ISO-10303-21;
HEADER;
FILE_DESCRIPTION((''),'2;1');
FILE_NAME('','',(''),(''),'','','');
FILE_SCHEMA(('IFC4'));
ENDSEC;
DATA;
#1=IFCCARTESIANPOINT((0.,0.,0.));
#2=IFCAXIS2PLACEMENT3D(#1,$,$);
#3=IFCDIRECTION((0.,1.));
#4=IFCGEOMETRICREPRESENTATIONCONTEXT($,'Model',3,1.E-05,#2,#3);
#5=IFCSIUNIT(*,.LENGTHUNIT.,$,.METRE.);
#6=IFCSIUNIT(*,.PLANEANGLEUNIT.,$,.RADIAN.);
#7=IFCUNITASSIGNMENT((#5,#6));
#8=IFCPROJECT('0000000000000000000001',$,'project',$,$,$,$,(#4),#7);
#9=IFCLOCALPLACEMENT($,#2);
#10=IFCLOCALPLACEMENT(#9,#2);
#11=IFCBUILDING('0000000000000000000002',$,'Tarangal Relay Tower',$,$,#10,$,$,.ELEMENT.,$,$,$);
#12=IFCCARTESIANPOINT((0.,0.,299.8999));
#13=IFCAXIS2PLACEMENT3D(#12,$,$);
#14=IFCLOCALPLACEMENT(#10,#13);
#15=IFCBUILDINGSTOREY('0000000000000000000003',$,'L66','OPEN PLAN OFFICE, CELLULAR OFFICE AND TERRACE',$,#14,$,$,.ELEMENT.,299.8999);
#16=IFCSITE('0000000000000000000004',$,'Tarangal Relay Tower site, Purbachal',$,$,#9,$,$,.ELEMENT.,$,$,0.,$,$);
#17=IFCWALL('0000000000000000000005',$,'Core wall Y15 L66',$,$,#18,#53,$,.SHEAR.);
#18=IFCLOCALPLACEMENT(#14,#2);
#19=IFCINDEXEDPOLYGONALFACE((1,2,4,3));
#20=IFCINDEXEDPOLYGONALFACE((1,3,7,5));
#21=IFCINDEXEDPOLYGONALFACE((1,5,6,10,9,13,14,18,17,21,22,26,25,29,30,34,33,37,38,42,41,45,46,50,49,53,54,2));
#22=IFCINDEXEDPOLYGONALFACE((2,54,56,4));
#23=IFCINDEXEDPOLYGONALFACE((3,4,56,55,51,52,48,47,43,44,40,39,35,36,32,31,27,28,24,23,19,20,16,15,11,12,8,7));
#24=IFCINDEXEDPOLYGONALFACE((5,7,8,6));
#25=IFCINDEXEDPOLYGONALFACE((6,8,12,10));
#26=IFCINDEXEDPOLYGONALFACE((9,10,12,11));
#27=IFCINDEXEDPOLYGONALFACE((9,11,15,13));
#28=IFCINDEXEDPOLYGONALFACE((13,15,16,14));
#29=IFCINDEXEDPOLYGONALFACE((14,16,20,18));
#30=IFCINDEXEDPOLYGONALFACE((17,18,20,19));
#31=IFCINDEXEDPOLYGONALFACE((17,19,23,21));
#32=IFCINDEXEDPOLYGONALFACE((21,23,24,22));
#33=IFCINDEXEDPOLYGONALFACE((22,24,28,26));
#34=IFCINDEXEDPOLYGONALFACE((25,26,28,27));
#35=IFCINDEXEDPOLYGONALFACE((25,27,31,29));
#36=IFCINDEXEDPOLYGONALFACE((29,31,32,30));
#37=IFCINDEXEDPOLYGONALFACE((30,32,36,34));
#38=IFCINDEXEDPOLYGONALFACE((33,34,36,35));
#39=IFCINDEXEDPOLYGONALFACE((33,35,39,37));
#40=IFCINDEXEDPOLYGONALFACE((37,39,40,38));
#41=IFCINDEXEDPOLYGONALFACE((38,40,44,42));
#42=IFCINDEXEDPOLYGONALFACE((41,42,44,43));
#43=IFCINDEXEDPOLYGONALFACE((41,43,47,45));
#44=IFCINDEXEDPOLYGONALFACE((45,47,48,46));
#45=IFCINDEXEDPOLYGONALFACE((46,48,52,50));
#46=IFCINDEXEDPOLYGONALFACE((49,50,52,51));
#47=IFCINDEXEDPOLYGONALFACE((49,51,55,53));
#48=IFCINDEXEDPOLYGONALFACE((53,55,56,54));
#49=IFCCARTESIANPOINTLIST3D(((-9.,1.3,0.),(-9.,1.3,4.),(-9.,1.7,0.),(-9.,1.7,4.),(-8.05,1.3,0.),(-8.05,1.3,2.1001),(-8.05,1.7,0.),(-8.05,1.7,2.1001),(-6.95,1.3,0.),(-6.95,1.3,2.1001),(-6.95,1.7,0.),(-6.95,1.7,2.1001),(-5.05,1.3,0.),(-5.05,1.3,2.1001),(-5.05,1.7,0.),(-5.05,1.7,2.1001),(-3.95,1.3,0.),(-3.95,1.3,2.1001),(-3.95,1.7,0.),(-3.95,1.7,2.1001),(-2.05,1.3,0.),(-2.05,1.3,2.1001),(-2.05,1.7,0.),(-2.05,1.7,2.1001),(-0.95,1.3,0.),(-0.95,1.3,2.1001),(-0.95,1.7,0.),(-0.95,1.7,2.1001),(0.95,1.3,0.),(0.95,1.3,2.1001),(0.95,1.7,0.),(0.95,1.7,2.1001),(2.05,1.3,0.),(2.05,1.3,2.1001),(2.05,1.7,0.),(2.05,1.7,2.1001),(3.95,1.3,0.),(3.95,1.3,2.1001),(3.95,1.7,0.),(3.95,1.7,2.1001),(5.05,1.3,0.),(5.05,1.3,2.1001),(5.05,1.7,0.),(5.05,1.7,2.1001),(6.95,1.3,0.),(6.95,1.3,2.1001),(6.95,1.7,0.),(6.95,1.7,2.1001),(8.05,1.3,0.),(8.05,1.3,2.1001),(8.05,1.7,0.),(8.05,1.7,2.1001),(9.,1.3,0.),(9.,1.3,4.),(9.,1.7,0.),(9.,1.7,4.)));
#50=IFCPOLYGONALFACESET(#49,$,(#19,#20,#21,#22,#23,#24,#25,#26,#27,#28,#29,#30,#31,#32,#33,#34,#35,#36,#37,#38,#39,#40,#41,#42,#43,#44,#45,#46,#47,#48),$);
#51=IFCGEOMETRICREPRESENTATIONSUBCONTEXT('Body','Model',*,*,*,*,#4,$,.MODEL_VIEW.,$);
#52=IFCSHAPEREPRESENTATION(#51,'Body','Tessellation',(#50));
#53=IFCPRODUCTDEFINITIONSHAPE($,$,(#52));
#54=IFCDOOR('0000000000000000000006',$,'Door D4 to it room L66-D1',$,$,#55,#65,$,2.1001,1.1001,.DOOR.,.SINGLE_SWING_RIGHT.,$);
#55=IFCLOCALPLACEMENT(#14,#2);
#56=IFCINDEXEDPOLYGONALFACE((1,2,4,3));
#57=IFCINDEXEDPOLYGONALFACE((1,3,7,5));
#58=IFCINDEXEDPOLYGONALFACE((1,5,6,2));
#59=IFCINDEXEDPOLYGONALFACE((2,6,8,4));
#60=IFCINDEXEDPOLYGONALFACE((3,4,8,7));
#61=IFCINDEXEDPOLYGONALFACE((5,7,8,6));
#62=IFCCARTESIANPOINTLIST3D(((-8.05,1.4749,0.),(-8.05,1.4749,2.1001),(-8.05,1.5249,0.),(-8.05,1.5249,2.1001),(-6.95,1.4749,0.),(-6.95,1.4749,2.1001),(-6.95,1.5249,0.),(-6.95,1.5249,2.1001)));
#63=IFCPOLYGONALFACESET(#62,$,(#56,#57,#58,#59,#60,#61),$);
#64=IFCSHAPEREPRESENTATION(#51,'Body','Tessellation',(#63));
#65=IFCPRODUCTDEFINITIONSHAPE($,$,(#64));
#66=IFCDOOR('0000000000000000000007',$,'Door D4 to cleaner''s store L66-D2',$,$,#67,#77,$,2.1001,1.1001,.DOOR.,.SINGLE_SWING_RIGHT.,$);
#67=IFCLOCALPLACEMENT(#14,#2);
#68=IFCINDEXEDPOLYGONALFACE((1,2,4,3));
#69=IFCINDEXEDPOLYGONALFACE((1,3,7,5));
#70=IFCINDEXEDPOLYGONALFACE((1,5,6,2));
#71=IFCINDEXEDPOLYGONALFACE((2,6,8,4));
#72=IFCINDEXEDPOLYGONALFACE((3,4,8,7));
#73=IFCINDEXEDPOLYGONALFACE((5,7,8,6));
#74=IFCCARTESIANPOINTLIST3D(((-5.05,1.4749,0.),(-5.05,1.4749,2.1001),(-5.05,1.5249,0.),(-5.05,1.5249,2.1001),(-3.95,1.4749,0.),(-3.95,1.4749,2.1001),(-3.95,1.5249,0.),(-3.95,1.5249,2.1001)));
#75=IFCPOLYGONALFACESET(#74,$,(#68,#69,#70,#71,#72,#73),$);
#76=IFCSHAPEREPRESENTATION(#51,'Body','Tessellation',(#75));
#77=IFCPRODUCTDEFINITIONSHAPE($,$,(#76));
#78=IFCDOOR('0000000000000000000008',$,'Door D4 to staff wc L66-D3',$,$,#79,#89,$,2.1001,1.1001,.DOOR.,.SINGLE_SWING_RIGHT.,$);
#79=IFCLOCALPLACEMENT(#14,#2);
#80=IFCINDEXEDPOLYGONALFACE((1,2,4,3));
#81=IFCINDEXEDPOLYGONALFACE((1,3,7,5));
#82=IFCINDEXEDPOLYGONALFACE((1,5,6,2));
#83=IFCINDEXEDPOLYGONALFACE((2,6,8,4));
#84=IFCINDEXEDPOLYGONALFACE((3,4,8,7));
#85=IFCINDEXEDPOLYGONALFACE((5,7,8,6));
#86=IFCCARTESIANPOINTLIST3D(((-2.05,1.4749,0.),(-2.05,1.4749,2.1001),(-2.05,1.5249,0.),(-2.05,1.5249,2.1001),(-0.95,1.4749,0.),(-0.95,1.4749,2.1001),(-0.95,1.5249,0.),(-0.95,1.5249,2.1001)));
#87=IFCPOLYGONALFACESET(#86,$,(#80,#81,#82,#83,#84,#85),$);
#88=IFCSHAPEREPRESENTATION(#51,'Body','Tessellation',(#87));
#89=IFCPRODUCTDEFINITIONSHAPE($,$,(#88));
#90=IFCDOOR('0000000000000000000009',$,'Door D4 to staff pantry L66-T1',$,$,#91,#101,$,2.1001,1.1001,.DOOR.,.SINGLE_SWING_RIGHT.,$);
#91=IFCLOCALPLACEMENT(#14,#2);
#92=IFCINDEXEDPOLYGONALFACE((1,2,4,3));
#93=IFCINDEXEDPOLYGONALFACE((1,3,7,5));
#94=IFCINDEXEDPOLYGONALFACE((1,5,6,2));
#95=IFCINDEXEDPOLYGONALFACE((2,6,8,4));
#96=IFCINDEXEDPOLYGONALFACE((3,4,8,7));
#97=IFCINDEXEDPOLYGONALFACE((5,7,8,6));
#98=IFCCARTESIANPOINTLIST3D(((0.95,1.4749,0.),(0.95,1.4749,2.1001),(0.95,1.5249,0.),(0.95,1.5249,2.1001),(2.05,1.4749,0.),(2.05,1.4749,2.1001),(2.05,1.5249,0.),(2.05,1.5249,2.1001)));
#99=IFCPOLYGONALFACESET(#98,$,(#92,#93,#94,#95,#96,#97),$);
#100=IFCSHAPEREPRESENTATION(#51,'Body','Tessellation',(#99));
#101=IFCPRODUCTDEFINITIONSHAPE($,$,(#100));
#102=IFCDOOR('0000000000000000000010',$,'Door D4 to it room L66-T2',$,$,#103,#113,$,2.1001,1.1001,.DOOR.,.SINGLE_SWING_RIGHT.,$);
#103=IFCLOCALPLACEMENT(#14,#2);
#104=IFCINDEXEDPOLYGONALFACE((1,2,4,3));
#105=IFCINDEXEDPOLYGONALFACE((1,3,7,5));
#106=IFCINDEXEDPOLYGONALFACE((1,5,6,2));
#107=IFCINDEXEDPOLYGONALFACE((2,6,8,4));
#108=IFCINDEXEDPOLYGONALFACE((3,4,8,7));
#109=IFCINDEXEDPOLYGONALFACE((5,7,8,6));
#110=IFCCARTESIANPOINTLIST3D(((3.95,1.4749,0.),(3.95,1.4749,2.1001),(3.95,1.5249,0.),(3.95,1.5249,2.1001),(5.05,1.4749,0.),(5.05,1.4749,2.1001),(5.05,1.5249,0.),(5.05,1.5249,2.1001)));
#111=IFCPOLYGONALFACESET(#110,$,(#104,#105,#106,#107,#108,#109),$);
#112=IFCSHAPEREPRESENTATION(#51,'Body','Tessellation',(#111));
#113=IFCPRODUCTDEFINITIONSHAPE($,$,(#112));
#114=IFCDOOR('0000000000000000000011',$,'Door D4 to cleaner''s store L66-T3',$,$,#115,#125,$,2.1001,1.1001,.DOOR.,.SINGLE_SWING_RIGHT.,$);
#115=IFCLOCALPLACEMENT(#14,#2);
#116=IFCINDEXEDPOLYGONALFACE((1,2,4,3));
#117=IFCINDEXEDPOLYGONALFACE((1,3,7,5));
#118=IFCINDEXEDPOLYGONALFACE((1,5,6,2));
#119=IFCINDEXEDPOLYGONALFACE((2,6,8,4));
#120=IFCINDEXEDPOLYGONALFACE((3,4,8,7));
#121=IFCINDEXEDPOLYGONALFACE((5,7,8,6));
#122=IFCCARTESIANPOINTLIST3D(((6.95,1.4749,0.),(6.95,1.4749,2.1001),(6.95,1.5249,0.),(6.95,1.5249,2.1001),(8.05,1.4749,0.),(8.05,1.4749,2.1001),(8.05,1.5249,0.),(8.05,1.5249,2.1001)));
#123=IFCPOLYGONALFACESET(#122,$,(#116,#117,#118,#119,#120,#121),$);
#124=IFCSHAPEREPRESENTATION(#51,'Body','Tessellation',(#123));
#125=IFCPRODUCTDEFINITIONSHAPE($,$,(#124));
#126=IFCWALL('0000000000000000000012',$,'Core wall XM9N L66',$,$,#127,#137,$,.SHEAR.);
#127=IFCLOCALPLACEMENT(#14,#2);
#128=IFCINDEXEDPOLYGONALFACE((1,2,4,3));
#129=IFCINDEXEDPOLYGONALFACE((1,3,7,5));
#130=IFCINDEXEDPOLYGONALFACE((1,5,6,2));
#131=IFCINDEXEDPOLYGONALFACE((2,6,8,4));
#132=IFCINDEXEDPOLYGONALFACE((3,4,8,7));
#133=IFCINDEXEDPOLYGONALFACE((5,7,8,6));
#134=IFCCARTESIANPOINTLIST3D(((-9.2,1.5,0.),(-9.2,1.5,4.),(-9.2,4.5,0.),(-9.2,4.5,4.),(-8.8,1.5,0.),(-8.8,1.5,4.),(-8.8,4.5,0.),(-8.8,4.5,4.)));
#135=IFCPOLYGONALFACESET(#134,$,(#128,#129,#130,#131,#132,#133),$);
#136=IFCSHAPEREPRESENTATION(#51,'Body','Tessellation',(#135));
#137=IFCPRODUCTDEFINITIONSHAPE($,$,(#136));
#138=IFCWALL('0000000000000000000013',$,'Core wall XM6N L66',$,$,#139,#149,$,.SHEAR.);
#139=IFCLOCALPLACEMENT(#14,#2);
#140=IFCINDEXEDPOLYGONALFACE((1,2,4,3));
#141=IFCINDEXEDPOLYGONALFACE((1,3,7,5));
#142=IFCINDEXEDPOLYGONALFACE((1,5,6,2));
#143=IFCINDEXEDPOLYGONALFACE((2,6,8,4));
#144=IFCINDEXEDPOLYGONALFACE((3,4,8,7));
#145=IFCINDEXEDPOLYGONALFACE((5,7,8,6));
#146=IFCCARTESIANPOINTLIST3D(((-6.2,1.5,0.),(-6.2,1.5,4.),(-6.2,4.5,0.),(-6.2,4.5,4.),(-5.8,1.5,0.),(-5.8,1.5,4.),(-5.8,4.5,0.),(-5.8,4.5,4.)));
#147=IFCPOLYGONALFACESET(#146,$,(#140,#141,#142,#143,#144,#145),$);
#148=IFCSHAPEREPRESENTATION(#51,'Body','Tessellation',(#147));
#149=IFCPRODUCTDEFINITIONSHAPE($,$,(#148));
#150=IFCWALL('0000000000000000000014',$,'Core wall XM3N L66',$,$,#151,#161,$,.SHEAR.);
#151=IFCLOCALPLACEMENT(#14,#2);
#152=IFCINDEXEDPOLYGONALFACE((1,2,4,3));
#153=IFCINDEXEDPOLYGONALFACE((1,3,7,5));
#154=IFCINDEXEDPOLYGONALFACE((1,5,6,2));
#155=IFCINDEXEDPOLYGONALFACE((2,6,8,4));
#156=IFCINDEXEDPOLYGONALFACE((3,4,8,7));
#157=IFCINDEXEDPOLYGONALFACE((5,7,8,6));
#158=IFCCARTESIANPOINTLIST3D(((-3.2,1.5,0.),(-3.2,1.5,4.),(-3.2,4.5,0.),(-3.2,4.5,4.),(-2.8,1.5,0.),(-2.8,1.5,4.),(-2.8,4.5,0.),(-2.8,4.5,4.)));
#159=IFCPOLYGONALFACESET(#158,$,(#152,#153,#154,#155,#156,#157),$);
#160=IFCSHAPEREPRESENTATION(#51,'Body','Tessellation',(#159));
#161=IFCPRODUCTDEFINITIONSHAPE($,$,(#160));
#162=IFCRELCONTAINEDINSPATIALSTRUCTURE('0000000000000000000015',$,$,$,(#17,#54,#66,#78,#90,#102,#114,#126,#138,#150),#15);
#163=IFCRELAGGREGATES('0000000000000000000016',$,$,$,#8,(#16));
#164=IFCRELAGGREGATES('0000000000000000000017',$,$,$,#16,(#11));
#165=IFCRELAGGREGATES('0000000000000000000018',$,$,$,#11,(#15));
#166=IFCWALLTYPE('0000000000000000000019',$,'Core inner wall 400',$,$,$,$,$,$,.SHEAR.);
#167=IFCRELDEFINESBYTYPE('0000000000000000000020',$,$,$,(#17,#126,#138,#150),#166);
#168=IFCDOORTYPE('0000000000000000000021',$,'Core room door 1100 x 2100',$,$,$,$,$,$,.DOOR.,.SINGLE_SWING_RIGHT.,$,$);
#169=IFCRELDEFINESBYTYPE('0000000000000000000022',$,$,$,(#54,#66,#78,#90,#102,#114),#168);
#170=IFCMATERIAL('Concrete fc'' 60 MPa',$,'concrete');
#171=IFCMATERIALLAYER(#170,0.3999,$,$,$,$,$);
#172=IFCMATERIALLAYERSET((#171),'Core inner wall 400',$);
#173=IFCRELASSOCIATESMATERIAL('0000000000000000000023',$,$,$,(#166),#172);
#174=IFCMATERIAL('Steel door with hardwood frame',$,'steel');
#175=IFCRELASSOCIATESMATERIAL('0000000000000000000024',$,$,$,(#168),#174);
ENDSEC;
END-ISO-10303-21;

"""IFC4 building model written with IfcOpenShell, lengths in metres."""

from ifc_helpers import new_model, si_unit, direction, frame, frame_2d, origin, place, context, subcontext, project, spatial, rectangle, extrude, material, layer, layer_set, type_object, element, fill, save


model = new_model("IFC4")

# Units and contexts
model_context = context("Model", 3, precision=1e-05, world=origin(), true_north=direction((0.0, 1.0)))
body_context = subcontext(model_context, "Body", "Model", "MODEL_VIEW")
ifc_project = project(units=[si_unit("LENGTHUNIT", "METRE"), si_unit("PLANEANGLEUNIT", "RADIAN")], contexts=[model_context])

# Site, building, storey
site_placement = place(None, origin())
site = spatial("IfcSite", under=ifc_project, at=site_placement, Name="Tarangal Relay Tower site, Purbachal", CompositionType="ELEMENT", RefElevation=0.0)
building_placement = place(site_placement, origin())
building = spatial("IfcBuilding", under=site, at=building_placement, Name="Tarangal Relay Tower", CompositionType="ELEMENT")
storey_placement = place(building_placement, frame((0.0, 0.0, 299.8999)))
storey = spatial("IfcBuildingStorey", under=building, at=storey_placement, Name="L66", Description="OPEN PLAN OFFICE, CELLULAR OFFICE AND TERRACE", CompositionType="ELEMENT", Elevation=299.8999)

# Wall, openings, doors
ifc_material_1 = material(Name="Concrete fc' 60 MPa", Category="concrete")
ifc_layer = layer(ifc_material_1, 0.3999)
ifc_layer_set = layer_set([ifc_layer], Name="Core inner wall 400")
wall_type = type_object("IfcWallType", Name="Core inner wall 400", PredefinedType="SHEAR", material=ifc_layer_set)
wall_1_placement = place(storey_placement, frame((-9.0, 1.5, 0.0), z_axis=(0.0, 0.0, 1.0), x_axis=(1.0, 0.0, 0.0)))
wall_1 = element("IfcWall", 1, at=wall_1_placement, inside=storey, type_object=wall_type, Name="Core wall Y15 L66", PredefinedType="SHEAR", context=body_context, shape_type="SweptSolid", body=[
    extrude(rectangle(XDim=18.0, YDim=0.3999, at=frame_2d((9.0, 0.0))), origin(), (0.0, 0.0, 1.0), 4.0),
])
opening_1_placement = place(wall_1_placement, frame((0.95, 0.0, 0.0)))
opening_1 = element("IfcOpeningElement", 2, at=opening_1_placement, cuts=wall_1, PredefinedType="OPENING", context=body_context, shape_type="SweptSolid", body=[
    extrude(rectangle(XDim=1.1001, YDim=2.1001, at=frame_2d((0.55, 1.05))), frame((0.0, 0.21, 0.0), z_axis=(0.0, -1.0, 0.0), x_axis=(1.0, 0.0, 0.0)), (0.0, 0.0, 1.0), 0.4199),
])
opening_2_placement = place(wall_1_placement, frame((3.95, 0.0, 0.0)))
opening_2 = element("IfcOpeningElement", 3, at=opening_2_placement, cuts=wall_1, PredefinedType="OPENING", context=body_context, shape_type="SweptSolid", body=[
    extrude(rectangle(XDim=1.1001, YDim=2.1001, at=frame_2d((0.55, 1.05))), frame((0.0, 0.21, 0.0), z_axis=(0.0, -1.0, 0.0), x_axis=(1.0, 0.0, 0.0)), (0.0, 0.0, 1.0), 0.4199),
])
opening_3_placement = place(wall_1_placement, frame((6.95, 0.0, 0.0)))
opening_3 = element("IfcOpeningElement", 4, at=opening_3_placement, cuts=wall_1, PredefinedType="OPENING", context=body_context, shape_type="SweptSolid", body=[
    extrude(rectangle(XDim=1.1001, YDim=2.1001, at=frame_2d((0.55, 1.05))), frame((0.0, 0.21, 0.0), z_axis=(0.0, -1.0, 0.0), x_axis=(1.0, 0.0, 0.0)), (0.0, 0.0, 1.0), 0.4199),
])
opening_4_placement = place(wall_1_placement, frame((9.95, 0.0, 0.0)))
opening_4 = element("IfcOpeningElement", 5, at=opening_4_placement, cuts=wall_1, PredefinedType="OPENING", context=body_context, shape_type="SweptSolid", body=[
    extrude(rectangle(XDim=1.1001, YDim=2.1001, at=frame_2d((0.55, 1.05))), frame((0.0, 0.21, 0.0), z_axis=(0.0, -1.0, 0.0), x_axis=(1.0, 0.0, 0.0)), (0.0, 0.0, 1.0), 0.4199),
])
opening_5_placement = place(wall_1_placement, frame((12.95, 0.0, 0.0)))
opening_5 = element("IfcOpeningElement", 6, at=opening_5_placement, cuts=wall_1, PredefinedType="OPENING", context=body_context, shape_type="SweptSolid", body=[
    extrude(rectangle(XDim=1.1001, YDim=2.1001, at=frame_2d((0.55, 1.05))), frame((0.0, 0.21, 0.0), z_axis=(0.0, -1.0, 0.0), x_axis=(1.0, 0.0, 0.0)), (0.0, 0.0, 1.0), 0.4199),
])
opening_6_placement = place(wall_1_placement, frame((15.95, 0.0, 0.0)))
opening_6 = element("IfcOpeningElement", 7, at=opening_6_placement, cuts=wall_1, PredefinedType="OPENING", context=body_context, shape_type="SweptSolid", body=[
    extrude(rectangle(XDim=1.1001, YDim=2.1001, at=frame_2d((0.55, 1.05))), frame((0.0, 0.21, 0.0), z_axis=(0.0, -1.0, 0.0), x_axis=(1.0, 0.0, 0.0)), (0.0, 0.0, 1.0), 0.4199),
])
ifc_material_2 = material(Name="Steel door with hardwood frame", Category="steel")
door_type_1 = type_object("IfcDoorType", Name="Core room door 1100 x 2100", OperationType="SINGLE_SWING_RIGHT", PredefinedType="DOOR", material=ifc_material_2)
door_1_placement = place(opening_1_placement, origin())
door_1 = element("IfcDoor", 8, at=door_1_placement, inside=storey, type_object=door_type_1, Name="Door D4 to it room L66-D1", OperationType="SINGLE_SWING_RIGHT", OverallHeight=2.1001, OverallWidth=1.1001, PredefinedType="DOOR", context=body_context, shape_type="SweptSolid", body=[
    extrude(rectangle(XDim=1.1001, YDim=2.1001, at=frame_2d((0.55, 1.05))), frame((0.0, 0.0249, 0.0), z_axis=(0.0, -1.0, 0.0), x_axis=(1.0, 0.0, 0.0)), (0.0, 0.0, 1.0), 0.05),
])
fill(opening_1, door_1)
door_2_placement = place(opening_2_placement, origin())
door_2 = element("IfcDoor", 9, at=door_2_placement, inside=storey, type_object=door_type_1, Name="Door D4 to cleaner's store L66-D2", OperationType="SINGLE_SWING_RIGHT", OverallHeight=2.1001, OverallWidth=1.1001, PredefinedType="DOOR", context=body_context, shape_type="SweptSolid", body=[
    extrude(rectangle(XDim=1.1001, YDim=2.1001, at=frame_2d((0.55, 1.05))), frame((0.0, 0.0249, 0.0), z_axis=(0.0, -1.0, 0.0), x_axis=(1.0, 0.0, 0.0)), (0.0, 0.0, 1.0), 0.05),
])
fill(opening_2, door_2)
door_3_placement = place(opening_3_placement, origin())
door_3 = element("IfcDoor", 10, at=door_3_placement, inside=storey, type_object=door_type_1, Name="Door D4 to staff wc L66-D3", OperationType="SINGLE_SWING_RIGHT", OverallHeight=2.1001, OverallWidth=1.1001, PredefinedType="DOOR", context=body_context, shape_type="SweptSolid", body=[
    extrude(rectangle(XDim=1.1001, YDim=2.1001, at=frame_2d((0.55, 1.05))), frame((0.0, 0.0249, 0.0), z_axis=(0.0, -1.0, 0.0), x_axis=(1.0, 0.0, 0.0)), (0.0, 0.0, 1.0), 0.05),
])
fill(opening_3, door_3)
door_4_placement = place(opening_4_placement, origin())
door_4 = element("IfcDoor", 11, at=door_4_placement, inside=storey, type_object=door_type_1, Name="Door D4 to staff pantry L66-T1", OperationType="SINGLE_SWING_RIGHT", OverallHeight=2.1001, OverallWidth=1.1001, PredefinedType="DOOR", context=body_context, shape_type="SweptSolid", body=[
    extrude(rectangle(XDim=1.1001, YDim=2.1001, at=frame_2d((0.55, 1.05))), frame((0.0, 0.0249, 0.0), z_axis=(0.0, -1.0, 0.0), x_axis=(1.0, 0.0, 0.0)), (0.0, 0.0, 1.0), 0.05),
])
fill(opening_4, door_4)
door_5_placement = place(opening_5_placement, origin())
door_5 = element("IfcDoor", 12, at=door_5_placement, inside=storey, type_object=door_type_1, Name="Door D4 to it room L66-T2", OperationType="SINGLE_SWING_RIGHT", OverallHeight=2.1001, OverallWidth=1.1001, PredefinedType="DOOR", context=body_context, shape_type="SweptSolid", body=[
    extrude(rectangle(XDim=1.1001, YDim=2.1001, at=frame_2d((0.55, 1.05))), frame((0.0, 0.0249, 0.0), z_axis=(0.0, -1.0, 0.0), x_axis=(1.0, 0.0, 0.0)), (0.0, 0.0, 1.0), 0.05),
])
fill(opening_5, door_5)
door_6_placement = place(opening_6_placement, origin())
door_6 = element("IfcDoor", 13, at=door_6_placement, inside=storey, type_object=door_type_1, Name="Door D4 to cleaner's store L66-T3", OperationType="SINGLE_SWING_RIGHT", OverallHeight=2.1001, OverallWidth=1.1001, PredefinedType="DOOR", context=body_context, shape_type="SweptSolid", body=[
    extrude(rectangle(XDim=1.1001, YDim=2.1001, at=frame_2d((0.55, 1.05))), frame((0.0, 0.0249, 0.0), z_axis=(0.0, -1.0, 0.0), x_axis=(1.0, 0.0, 0.0)), (0.0, 0.0, 1.0), 0.05),
])
fill(opening_6, door_6)

# Walls
for number, where, z_axis, x_axis, name in (
    (14, (-9.0, 1.5, 0.0), (0.0, 0.0, 1.0), (0.0, 1.0, 0.0), "Core wall XM9N L66"),
    (15, (-6.0, 1.5, 0.0), (0.0, 0.0, 1.0), (0.0, 1.0, 0.0), "Core wall XM6N L66"),
    (16, (-3.0, 1.5, 0.0), (0.0, 0.0, 1.0), (0.0, 1.0, 0.0), "Core wall XM3N L66"),
):
    element("IfcWall", number, at=place(storey_placement, frame(where, z_axis=z_axis, x_axis=x_axis)), inside=storey, type_object=wall_type, Name=name, PredefinedType="SHEAR", context=body_context, shape_type="SweptSolid", body=[
        extrude(rectangle(XDim=3.0, YDim=0.3999, at=frame_2d((1.5, 0.0))), origin(), (0.0, 0.0, 1.0), 4.0),
    ])

save(model, "model.ifc")
